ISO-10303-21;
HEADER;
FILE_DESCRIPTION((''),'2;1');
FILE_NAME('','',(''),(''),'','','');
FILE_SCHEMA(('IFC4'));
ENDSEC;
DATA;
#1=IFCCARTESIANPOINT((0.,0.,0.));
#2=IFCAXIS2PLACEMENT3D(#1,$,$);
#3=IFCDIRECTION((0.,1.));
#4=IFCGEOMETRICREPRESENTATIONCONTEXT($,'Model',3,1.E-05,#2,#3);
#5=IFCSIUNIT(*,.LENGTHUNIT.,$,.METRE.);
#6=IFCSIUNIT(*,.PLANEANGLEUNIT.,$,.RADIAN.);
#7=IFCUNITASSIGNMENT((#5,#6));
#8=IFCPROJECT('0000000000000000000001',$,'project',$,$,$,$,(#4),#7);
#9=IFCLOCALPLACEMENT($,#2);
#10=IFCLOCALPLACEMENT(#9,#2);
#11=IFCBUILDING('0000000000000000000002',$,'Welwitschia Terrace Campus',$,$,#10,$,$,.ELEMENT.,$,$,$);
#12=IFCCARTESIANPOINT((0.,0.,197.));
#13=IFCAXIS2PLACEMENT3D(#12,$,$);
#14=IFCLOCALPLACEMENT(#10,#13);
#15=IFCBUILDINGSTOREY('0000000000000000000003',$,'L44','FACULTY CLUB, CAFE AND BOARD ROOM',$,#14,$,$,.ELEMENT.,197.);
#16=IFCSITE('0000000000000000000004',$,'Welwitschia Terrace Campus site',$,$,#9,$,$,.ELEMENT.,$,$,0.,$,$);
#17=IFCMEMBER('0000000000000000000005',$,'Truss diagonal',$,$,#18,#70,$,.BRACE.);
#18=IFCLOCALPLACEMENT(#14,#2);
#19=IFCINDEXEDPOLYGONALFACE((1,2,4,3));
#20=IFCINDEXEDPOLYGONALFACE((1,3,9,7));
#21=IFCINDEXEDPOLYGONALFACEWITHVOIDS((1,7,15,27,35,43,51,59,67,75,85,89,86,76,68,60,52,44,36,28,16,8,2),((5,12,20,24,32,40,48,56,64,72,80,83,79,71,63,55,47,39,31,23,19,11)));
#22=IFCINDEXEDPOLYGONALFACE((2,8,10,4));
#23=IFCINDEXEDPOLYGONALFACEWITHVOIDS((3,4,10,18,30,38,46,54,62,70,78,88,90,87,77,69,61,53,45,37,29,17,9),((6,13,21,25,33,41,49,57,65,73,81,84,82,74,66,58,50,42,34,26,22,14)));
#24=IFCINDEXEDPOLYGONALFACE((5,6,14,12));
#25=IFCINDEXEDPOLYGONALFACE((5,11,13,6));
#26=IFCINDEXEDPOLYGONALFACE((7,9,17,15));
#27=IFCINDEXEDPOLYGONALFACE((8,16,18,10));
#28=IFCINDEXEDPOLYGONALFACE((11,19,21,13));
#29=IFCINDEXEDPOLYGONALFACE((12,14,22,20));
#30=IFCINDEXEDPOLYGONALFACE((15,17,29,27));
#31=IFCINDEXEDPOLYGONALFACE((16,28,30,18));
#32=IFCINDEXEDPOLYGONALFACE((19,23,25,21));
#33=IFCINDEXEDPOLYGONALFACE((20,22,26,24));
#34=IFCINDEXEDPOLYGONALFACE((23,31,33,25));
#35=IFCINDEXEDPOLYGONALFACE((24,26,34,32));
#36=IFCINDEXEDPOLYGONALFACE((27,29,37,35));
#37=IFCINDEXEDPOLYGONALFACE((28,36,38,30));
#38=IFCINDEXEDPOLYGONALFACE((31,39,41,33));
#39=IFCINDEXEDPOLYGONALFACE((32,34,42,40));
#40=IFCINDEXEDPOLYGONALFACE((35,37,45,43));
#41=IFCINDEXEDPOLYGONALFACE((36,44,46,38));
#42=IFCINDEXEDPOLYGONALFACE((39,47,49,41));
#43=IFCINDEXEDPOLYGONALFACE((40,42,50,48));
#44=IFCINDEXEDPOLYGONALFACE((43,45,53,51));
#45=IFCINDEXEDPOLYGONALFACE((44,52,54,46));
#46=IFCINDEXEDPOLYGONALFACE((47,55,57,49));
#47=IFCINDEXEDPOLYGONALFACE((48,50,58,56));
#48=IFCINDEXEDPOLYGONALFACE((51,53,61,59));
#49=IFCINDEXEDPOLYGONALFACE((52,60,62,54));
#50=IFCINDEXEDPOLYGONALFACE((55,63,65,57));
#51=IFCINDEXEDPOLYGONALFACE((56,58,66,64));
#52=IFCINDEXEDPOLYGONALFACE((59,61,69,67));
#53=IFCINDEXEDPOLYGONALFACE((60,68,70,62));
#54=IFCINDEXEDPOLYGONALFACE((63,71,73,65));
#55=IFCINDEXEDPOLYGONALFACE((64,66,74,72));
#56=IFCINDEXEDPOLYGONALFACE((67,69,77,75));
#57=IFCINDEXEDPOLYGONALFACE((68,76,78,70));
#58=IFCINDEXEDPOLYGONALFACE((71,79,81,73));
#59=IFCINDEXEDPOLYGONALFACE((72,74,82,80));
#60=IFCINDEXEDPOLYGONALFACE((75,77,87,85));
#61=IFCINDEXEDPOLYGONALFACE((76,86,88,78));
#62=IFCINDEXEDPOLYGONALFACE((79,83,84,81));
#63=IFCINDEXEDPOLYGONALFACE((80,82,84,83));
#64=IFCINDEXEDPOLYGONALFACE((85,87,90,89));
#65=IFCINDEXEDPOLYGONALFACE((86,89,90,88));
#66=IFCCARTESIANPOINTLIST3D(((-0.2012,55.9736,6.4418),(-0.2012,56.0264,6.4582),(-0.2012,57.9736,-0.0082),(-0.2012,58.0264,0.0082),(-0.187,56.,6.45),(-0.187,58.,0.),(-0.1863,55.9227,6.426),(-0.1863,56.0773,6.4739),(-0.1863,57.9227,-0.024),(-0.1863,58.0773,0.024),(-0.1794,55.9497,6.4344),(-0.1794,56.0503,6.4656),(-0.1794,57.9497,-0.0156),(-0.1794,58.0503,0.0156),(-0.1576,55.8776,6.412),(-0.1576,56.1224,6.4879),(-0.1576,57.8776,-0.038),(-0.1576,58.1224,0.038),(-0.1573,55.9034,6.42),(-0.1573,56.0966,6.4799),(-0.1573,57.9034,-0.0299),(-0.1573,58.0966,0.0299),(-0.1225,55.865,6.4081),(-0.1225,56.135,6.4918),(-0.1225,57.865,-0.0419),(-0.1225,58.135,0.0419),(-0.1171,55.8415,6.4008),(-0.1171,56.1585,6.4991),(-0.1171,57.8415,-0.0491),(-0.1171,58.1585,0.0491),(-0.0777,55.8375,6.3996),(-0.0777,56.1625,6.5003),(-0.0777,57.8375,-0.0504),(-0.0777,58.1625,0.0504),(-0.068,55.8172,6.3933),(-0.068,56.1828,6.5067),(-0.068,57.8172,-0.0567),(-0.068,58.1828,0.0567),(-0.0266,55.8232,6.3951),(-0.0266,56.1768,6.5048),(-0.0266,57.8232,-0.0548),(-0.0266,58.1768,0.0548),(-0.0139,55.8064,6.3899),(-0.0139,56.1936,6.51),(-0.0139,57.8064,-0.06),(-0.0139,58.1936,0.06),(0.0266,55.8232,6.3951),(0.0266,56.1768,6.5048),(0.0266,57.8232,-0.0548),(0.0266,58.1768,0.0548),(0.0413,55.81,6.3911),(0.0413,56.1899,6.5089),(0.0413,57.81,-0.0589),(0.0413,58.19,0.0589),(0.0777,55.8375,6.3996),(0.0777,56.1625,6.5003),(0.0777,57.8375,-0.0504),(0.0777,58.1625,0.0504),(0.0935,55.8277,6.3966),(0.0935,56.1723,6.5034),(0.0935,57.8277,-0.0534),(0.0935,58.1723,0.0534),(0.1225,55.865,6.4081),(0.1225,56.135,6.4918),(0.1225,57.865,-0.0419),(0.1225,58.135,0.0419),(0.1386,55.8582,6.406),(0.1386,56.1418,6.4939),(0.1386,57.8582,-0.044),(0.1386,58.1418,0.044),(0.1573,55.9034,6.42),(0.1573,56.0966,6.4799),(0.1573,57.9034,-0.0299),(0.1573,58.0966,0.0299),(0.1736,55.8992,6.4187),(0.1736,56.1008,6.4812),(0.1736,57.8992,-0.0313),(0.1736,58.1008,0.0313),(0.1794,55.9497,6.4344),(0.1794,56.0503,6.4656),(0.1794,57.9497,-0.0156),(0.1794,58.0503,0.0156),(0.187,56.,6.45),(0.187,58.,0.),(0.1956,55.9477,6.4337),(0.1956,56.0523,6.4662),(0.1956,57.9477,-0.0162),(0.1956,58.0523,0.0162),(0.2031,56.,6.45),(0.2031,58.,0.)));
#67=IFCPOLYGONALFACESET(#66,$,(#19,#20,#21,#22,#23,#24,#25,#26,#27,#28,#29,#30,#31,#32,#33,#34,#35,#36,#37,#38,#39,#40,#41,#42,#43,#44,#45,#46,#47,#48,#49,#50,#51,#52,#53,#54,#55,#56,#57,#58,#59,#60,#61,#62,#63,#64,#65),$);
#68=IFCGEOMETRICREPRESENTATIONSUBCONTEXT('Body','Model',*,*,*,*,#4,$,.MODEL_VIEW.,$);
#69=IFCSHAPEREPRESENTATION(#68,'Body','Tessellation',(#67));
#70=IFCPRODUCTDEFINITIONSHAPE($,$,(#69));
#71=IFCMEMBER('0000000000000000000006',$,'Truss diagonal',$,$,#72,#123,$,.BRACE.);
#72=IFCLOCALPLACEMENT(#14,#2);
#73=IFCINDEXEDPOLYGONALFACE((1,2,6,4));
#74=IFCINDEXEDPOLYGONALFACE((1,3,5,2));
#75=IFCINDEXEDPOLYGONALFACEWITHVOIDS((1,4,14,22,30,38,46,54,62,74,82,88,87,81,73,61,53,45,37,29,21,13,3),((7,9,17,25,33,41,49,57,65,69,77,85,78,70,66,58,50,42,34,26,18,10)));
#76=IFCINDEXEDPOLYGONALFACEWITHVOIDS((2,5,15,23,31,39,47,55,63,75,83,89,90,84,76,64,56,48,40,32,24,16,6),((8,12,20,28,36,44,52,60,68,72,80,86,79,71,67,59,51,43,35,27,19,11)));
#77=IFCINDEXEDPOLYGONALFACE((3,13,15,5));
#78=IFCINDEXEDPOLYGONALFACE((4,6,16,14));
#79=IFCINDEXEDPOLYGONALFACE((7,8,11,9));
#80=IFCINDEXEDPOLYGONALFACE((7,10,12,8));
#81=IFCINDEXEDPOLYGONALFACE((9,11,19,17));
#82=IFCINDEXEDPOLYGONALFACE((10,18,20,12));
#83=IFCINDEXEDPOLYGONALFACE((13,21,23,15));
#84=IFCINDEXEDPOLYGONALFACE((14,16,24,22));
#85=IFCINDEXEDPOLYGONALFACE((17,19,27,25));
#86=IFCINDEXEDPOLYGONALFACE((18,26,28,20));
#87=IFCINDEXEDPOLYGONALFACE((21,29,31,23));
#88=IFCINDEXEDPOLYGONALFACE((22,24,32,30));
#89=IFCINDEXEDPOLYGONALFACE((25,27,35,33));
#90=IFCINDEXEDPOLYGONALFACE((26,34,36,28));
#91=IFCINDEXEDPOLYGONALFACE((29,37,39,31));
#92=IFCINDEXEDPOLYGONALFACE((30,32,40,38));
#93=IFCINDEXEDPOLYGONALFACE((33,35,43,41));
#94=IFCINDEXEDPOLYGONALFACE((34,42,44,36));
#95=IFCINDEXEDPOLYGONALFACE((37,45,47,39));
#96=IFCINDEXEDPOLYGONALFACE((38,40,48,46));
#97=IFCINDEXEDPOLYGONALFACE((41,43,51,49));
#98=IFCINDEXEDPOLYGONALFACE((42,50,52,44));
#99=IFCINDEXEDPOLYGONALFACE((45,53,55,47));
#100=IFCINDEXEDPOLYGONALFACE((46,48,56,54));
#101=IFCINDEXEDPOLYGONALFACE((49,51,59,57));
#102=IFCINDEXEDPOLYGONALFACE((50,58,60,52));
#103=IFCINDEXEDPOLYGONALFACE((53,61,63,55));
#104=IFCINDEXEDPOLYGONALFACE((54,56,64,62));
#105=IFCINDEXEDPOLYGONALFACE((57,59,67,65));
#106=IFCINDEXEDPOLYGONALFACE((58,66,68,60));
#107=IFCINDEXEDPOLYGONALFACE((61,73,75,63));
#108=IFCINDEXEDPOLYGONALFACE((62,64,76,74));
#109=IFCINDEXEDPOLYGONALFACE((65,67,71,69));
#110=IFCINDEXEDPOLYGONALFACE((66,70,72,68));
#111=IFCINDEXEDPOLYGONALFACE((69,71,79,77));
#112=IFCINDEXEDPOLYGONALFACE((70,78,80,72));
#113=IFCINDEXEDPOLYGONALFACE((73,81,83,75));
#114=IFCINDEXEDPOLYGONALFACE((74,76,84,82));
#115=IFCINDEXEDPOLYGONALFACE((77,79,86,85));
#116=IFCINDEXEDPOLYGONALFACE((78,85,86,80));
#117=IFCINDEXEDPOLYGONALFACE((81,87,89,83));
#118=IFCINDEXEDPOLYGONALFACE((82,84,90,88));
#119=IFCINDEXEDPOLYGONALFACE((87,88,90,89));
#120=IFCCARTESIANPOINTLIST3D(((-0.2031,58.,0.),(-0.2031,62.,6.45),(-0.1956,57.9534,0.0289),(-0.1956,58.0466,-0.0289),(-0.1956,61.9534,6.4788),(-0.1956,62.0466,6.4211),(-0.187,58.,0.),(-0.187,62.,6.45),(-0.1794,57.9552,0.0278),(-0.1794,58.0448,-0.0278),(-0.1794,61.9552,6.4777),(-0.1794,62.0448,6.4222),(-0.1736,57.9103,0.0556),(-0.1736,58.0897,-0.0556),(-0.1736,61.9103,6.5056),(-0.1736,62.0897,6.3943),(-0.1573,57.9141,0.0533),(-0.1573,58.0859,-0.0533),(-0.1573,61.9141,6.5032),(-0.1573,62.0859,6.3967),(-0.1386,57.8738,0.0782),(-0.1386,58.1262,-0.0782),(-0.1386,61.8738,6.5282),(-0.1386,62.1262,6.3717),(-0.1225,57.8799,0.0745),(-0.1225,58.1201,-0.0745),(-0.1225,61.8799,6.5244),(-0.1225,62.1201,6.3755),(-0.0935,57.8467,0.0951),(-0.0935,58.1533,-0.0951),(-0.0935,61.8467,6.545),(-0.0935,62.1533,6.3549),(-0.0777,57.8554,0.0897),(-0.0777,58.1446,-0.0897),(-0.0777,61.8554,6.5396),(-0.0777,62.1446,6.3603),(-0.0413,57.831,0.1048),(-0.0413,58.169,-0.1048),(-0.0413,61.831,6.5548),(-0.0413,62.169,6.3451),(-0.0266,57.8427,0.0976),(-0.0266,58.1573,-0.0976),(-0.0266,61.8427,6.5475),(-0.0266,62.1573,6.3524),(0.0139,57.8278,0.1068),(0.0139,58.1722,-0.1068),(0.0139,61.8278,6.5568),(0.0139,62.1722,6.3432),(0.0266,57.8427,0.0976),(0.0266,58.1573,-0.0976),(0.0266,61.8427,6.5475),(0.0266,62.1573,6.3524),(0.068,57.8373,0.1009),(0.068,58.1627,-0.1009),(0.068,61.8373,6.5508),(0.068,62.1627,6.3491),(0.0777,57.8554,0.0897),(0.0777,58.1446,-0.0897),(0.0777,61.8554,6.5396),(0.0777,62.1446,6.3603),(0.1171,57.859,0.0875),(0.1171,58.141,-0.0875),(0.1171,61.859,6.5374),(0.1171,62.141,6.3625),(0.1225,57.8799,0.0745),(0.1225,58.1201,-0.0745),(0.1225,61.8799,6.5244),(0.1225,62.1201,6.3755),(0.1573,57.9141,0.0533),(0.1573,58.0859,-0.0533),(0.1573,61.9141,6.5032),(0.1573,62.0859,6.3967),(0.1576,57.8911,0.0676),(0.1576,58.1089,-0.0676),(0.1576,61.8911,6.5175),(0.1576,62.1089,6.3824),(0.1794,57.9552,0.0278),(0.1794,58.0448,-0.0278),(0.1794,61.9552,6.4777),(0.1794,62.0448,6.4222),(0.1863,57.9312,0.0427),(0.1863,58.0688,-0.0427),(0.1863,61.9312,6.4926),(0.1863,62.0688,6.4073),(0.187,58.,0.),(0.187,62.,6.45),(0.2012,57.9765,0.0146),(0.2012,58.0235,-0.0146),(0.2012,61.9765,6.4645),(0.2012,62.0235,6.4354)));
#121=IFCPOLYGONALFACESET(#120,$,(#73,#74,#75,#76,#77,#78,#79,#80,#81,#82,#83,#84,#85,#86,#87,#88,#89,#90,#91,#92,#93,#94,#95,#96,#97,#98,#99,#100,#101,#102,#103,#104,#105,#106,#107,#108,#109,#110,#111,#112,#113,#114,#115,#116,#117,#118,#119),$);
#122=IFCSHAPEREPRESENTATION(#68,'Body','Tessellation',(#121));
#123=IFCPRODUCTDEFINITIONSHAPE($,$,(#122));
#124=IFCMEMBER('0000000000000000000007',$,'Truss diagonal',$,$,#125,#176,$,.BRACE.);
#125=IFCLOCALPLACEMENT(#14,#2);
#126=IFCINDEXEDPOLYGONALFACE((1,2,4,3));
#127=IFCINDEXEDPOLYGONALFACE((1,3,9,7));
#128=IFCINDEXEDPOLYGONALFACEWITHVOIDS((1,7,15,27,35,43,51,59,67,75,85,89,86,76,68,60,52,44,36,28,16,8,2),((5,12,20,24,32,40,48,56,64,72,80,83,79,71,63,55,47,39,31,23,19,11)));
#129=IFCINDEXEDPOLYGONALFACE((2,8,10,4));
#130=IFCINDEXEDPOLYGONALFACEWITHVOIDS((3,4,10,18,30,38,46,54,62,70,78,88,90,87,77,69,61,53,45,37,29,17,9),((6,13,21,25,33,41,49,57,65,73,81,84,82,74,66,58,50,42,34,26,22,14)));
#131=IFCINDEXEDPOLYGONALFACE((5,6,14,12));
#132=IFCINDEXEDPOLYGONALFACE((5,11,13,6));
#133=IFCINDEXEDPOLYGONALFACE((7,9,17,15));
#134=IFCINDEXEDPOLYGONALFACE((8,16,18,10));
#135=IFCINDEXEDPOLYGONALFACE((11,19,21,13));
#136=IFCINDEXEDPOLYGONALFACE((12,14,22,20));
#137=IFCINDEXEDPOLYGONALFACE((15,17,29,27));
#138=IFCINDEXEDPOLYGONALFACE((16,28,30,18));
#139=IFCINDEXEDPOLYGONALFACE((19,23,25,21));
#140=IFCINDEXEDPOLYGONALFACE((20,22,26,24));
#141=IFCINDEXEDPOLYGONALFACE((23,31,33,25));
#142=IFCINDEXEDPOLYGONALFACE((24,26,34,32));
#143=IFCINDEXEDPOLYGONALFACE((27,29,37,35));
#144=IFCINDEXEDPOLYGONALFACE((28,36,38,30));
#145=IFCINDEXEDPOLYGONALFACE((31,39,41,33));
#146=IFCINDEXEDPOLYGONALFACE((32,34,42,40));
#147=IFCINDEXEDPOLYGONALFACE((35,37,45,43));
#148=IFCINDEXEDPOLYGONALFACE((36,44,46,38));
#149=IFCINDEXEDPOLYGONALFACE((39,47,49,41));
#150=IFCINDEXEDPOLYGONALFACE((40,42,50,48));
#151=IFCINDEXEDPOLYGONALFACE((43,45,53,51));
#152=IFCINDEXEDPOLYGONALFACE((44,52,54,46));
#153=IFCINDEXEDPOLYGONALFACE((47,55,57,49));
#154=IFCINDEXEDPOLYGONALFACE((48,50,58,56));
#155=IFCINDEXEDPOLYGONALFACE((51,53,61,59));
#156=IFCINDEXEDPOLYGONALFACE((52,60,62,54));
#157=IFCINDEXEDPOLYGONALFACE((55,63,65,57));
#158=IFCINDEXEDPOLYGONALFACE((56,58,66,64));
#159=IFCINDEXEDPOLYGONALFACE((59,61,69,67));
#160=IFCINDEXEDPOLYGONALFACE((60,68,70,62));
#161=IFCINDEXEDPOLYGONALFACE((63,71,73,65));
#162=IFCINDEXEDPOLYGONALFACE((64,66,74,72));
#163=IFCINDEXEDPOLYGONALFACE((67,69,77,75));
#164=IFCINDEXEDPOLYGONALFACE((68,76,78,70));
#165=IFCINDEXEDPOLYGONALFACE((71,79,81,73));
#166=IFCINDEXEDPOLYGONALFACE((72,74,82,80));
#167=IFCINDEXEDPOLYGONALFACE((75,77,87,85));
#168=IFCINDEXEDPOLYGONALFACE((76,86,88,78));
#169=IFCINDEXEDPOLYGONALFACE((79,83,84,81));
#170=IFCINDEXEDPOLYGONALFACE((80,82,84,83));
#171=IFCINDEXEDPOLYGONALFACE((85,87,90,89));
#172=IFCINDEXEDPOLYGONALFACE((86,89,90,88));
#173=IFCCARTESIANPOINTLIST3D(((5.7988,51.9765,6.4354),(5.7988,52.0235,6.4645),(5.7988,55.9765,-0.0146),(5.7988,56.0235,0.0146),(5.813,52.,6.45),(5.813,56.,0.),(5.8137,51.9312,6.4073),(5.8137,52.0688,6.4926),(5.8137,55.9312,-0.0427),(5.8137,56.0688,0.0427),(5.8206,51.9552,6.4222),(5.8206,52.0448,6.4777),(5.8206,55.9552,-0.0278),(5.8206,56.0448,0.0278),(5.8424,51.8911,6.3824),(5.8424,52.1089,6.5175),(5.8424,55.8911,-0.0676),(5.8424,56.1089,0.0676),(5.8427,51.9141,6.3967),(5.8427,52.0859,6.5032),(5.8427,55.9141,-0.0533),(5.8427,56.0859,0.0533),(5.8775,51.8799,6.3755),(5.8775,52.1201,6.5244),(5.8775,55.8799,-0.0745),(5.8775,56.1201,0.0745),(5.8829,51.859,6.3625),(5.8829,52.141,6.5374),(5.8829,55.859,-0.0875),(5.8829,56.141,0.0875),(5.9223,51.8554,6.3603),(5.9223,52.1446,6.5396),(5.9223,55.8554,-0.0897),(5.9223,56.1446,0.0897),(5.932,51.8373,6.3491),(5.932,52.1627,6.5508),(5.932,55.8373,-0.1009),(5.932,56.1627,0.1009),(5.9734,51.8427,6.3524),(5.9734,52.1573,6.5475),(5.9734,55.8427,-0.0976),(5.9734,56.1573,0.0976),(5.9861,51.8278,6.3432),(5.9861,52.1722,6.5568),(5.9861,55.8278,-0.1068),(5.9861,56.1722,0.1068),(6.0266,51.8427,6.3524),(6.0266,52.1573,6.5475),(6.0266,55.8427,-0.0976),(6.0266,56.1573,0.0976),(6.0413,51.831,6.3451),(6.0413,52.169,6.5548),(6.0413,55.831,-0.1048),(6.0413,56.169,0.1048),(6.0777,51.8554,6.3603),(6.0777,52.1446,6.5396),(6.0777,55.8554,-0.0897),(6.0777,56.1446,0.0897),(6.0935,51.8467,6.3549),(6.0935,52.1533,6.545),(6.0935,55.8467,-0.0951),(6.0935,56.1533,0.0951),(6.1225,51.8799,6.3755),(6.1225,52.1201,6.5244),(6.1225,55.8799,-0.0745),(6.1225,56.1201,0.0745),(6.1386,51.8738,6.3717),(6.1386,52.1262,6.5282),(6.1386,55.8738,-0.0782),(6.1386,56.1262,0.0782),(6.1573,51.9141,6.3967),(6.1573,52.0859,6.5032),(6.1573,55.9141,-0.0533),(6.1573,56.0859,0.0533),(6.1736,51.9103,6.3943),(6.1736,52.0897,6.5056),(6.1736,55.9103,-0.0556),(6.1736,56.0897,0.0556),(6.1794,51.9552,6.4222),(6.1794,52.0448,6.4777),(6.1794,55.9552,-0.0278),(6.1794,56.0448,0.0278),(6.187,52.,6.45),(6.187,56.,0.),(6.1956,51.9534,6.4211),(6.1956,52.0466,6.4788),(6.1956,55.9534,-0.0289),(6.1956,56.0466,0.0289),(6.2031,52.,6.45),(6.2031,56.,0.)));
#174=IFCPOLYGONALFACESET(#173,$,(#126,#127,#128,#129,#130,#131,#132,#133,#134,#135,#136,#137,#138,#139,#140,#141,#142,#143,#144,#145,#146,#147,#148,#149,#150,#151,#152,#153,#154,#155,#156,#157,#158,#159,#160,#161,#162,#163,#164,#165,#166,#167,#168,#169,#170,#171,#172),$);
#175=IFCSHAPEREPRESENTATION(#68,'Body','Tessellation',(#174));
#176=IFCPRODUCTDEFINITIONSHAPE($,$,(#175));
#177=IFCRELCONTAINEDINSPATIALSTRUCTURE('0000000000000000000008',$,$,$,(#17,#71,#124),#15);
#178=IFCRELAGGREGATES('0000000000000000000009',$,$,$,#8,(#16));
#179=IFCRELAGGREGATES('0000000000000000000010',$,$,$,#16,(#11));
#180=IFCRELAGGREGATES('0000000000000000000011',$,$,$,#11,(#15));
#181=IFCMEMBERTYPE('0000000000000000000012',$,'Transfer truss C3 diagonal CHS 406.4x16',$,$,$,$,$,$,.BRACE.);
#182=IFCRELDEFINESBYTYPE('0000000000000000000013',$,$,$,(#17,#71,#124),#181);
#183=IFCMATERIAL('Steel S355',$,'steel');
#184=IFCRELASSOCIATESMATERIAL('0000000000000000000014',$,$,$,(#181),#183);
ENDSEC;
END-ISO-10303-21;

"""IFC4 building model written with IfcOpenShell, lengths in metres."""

from ifc_helpers import new_model, si_unit, direction, frame, origin, origin_2d, place, context, subcontext, project, spatial, hollow_circle, extrude, material, material_profile, profile_set, type_object, element, save


model = new_model("IFC4")

# Units and contexts
model_context = context("Model", 3, precision=1e-05, world=origin(), true_north=direction((0.0, 1.0)))
body_context = subcontext(model_context, "Body", "Model", "MODEL_VIEW")
ifc_project = project(units=[si_unit("LENGTHUNIT", "METRE"), si_unit("PLANEANGLEUNIT", "RADIAN")], contexts=[model_context])

# Site, building, storey
site_placement = place(None, origin())
site = spatial("IfcSite", under=ifc_project, at=site_placement, Name="Welwitschia Terrace Campus site", CompositionType="ELEMENT", RefElevation=0.0)
building_placement = place(site_placement, origin())
building = spatial("IfcBuilding", under=site, at=building_placement, Name="Welwitschia Terrace Campus", CompositionType="ELEMENT")
storey_placement = place(building_placement, frame((0.0, 0.0, 197.0)))
storey = spatial("IfcBuildingStorey", under=building, at=storey_placement, Name="L44", Description="FACULTY CLUB, CAFE AND BOARD ROOM", CompositionType="ELEMENT", Elevation=197.0)

# Members
ifc_material_1 = material(Name="Steel S355", Category="steel")
ifc_material_profile_1 = material_profile(ifc_material_1, hollow_circle(Radius=0.2031, WallThickness=0.0161, at=origin_2d()))
ifc_profile_set_1 = profile_set([ifc_material_profile_1], Name="Steel S355")
member_type_1 = type_object("IfcMemberType", Name="Transfer truss C3 diagonal CHS 406.4x16", PredefinedType="BRACE", material=ifc_profile_set_1)
member_1_placement = place(storey_placement, frame((0.0, 58.0, 0.0), z_axis=(0.0, -0.296168, 0.955136), x_axis=(1.0, 0.0, 0.0)))
element("IfcMember", 1, at=member_1_placement, inside=storey, type_object=member_type_1, Name="Truss diagonal", PredefinedType="BRACE", context=body_context, shape_type="SweptSolid", body=[
    extrude(hollow_circle(Radius=0.2031, WallThickness=0.0161, at=origin_2d()), origin(), (0.0, 0.0, 1.0), 6.7529),
])
for number, where, z_axis, x_axis, name in (
    (2, (0.0, 58.0, 0.0), (0.0, 0.527038, 0.849842), (-1.0, 0.0, 0.0), "Truss diagonal"),
    (3, (6.0, 56.0, 0.0), (0.0, -0.527038, 0.849842), (1.0, 0.0, 0.0), "Truss diagonal"),
):
    element("IfcMember", number, at=place(storey_placement, frame(where, z_axis=z_axis, x_axis=x_axis)), inside=storey, type_object=member_type_1, Name=name, PredefinedType="BRACE", context=body_context, shape_type="SweptSolid", body=[
        extrude(hollow_circle(Radius=0.2031, WallThickness=0.0161, at=origin_2d()), origin(), (0.0, 0.0, 1.0), 7.5896),
    ])

save(model, "model.ifc")
